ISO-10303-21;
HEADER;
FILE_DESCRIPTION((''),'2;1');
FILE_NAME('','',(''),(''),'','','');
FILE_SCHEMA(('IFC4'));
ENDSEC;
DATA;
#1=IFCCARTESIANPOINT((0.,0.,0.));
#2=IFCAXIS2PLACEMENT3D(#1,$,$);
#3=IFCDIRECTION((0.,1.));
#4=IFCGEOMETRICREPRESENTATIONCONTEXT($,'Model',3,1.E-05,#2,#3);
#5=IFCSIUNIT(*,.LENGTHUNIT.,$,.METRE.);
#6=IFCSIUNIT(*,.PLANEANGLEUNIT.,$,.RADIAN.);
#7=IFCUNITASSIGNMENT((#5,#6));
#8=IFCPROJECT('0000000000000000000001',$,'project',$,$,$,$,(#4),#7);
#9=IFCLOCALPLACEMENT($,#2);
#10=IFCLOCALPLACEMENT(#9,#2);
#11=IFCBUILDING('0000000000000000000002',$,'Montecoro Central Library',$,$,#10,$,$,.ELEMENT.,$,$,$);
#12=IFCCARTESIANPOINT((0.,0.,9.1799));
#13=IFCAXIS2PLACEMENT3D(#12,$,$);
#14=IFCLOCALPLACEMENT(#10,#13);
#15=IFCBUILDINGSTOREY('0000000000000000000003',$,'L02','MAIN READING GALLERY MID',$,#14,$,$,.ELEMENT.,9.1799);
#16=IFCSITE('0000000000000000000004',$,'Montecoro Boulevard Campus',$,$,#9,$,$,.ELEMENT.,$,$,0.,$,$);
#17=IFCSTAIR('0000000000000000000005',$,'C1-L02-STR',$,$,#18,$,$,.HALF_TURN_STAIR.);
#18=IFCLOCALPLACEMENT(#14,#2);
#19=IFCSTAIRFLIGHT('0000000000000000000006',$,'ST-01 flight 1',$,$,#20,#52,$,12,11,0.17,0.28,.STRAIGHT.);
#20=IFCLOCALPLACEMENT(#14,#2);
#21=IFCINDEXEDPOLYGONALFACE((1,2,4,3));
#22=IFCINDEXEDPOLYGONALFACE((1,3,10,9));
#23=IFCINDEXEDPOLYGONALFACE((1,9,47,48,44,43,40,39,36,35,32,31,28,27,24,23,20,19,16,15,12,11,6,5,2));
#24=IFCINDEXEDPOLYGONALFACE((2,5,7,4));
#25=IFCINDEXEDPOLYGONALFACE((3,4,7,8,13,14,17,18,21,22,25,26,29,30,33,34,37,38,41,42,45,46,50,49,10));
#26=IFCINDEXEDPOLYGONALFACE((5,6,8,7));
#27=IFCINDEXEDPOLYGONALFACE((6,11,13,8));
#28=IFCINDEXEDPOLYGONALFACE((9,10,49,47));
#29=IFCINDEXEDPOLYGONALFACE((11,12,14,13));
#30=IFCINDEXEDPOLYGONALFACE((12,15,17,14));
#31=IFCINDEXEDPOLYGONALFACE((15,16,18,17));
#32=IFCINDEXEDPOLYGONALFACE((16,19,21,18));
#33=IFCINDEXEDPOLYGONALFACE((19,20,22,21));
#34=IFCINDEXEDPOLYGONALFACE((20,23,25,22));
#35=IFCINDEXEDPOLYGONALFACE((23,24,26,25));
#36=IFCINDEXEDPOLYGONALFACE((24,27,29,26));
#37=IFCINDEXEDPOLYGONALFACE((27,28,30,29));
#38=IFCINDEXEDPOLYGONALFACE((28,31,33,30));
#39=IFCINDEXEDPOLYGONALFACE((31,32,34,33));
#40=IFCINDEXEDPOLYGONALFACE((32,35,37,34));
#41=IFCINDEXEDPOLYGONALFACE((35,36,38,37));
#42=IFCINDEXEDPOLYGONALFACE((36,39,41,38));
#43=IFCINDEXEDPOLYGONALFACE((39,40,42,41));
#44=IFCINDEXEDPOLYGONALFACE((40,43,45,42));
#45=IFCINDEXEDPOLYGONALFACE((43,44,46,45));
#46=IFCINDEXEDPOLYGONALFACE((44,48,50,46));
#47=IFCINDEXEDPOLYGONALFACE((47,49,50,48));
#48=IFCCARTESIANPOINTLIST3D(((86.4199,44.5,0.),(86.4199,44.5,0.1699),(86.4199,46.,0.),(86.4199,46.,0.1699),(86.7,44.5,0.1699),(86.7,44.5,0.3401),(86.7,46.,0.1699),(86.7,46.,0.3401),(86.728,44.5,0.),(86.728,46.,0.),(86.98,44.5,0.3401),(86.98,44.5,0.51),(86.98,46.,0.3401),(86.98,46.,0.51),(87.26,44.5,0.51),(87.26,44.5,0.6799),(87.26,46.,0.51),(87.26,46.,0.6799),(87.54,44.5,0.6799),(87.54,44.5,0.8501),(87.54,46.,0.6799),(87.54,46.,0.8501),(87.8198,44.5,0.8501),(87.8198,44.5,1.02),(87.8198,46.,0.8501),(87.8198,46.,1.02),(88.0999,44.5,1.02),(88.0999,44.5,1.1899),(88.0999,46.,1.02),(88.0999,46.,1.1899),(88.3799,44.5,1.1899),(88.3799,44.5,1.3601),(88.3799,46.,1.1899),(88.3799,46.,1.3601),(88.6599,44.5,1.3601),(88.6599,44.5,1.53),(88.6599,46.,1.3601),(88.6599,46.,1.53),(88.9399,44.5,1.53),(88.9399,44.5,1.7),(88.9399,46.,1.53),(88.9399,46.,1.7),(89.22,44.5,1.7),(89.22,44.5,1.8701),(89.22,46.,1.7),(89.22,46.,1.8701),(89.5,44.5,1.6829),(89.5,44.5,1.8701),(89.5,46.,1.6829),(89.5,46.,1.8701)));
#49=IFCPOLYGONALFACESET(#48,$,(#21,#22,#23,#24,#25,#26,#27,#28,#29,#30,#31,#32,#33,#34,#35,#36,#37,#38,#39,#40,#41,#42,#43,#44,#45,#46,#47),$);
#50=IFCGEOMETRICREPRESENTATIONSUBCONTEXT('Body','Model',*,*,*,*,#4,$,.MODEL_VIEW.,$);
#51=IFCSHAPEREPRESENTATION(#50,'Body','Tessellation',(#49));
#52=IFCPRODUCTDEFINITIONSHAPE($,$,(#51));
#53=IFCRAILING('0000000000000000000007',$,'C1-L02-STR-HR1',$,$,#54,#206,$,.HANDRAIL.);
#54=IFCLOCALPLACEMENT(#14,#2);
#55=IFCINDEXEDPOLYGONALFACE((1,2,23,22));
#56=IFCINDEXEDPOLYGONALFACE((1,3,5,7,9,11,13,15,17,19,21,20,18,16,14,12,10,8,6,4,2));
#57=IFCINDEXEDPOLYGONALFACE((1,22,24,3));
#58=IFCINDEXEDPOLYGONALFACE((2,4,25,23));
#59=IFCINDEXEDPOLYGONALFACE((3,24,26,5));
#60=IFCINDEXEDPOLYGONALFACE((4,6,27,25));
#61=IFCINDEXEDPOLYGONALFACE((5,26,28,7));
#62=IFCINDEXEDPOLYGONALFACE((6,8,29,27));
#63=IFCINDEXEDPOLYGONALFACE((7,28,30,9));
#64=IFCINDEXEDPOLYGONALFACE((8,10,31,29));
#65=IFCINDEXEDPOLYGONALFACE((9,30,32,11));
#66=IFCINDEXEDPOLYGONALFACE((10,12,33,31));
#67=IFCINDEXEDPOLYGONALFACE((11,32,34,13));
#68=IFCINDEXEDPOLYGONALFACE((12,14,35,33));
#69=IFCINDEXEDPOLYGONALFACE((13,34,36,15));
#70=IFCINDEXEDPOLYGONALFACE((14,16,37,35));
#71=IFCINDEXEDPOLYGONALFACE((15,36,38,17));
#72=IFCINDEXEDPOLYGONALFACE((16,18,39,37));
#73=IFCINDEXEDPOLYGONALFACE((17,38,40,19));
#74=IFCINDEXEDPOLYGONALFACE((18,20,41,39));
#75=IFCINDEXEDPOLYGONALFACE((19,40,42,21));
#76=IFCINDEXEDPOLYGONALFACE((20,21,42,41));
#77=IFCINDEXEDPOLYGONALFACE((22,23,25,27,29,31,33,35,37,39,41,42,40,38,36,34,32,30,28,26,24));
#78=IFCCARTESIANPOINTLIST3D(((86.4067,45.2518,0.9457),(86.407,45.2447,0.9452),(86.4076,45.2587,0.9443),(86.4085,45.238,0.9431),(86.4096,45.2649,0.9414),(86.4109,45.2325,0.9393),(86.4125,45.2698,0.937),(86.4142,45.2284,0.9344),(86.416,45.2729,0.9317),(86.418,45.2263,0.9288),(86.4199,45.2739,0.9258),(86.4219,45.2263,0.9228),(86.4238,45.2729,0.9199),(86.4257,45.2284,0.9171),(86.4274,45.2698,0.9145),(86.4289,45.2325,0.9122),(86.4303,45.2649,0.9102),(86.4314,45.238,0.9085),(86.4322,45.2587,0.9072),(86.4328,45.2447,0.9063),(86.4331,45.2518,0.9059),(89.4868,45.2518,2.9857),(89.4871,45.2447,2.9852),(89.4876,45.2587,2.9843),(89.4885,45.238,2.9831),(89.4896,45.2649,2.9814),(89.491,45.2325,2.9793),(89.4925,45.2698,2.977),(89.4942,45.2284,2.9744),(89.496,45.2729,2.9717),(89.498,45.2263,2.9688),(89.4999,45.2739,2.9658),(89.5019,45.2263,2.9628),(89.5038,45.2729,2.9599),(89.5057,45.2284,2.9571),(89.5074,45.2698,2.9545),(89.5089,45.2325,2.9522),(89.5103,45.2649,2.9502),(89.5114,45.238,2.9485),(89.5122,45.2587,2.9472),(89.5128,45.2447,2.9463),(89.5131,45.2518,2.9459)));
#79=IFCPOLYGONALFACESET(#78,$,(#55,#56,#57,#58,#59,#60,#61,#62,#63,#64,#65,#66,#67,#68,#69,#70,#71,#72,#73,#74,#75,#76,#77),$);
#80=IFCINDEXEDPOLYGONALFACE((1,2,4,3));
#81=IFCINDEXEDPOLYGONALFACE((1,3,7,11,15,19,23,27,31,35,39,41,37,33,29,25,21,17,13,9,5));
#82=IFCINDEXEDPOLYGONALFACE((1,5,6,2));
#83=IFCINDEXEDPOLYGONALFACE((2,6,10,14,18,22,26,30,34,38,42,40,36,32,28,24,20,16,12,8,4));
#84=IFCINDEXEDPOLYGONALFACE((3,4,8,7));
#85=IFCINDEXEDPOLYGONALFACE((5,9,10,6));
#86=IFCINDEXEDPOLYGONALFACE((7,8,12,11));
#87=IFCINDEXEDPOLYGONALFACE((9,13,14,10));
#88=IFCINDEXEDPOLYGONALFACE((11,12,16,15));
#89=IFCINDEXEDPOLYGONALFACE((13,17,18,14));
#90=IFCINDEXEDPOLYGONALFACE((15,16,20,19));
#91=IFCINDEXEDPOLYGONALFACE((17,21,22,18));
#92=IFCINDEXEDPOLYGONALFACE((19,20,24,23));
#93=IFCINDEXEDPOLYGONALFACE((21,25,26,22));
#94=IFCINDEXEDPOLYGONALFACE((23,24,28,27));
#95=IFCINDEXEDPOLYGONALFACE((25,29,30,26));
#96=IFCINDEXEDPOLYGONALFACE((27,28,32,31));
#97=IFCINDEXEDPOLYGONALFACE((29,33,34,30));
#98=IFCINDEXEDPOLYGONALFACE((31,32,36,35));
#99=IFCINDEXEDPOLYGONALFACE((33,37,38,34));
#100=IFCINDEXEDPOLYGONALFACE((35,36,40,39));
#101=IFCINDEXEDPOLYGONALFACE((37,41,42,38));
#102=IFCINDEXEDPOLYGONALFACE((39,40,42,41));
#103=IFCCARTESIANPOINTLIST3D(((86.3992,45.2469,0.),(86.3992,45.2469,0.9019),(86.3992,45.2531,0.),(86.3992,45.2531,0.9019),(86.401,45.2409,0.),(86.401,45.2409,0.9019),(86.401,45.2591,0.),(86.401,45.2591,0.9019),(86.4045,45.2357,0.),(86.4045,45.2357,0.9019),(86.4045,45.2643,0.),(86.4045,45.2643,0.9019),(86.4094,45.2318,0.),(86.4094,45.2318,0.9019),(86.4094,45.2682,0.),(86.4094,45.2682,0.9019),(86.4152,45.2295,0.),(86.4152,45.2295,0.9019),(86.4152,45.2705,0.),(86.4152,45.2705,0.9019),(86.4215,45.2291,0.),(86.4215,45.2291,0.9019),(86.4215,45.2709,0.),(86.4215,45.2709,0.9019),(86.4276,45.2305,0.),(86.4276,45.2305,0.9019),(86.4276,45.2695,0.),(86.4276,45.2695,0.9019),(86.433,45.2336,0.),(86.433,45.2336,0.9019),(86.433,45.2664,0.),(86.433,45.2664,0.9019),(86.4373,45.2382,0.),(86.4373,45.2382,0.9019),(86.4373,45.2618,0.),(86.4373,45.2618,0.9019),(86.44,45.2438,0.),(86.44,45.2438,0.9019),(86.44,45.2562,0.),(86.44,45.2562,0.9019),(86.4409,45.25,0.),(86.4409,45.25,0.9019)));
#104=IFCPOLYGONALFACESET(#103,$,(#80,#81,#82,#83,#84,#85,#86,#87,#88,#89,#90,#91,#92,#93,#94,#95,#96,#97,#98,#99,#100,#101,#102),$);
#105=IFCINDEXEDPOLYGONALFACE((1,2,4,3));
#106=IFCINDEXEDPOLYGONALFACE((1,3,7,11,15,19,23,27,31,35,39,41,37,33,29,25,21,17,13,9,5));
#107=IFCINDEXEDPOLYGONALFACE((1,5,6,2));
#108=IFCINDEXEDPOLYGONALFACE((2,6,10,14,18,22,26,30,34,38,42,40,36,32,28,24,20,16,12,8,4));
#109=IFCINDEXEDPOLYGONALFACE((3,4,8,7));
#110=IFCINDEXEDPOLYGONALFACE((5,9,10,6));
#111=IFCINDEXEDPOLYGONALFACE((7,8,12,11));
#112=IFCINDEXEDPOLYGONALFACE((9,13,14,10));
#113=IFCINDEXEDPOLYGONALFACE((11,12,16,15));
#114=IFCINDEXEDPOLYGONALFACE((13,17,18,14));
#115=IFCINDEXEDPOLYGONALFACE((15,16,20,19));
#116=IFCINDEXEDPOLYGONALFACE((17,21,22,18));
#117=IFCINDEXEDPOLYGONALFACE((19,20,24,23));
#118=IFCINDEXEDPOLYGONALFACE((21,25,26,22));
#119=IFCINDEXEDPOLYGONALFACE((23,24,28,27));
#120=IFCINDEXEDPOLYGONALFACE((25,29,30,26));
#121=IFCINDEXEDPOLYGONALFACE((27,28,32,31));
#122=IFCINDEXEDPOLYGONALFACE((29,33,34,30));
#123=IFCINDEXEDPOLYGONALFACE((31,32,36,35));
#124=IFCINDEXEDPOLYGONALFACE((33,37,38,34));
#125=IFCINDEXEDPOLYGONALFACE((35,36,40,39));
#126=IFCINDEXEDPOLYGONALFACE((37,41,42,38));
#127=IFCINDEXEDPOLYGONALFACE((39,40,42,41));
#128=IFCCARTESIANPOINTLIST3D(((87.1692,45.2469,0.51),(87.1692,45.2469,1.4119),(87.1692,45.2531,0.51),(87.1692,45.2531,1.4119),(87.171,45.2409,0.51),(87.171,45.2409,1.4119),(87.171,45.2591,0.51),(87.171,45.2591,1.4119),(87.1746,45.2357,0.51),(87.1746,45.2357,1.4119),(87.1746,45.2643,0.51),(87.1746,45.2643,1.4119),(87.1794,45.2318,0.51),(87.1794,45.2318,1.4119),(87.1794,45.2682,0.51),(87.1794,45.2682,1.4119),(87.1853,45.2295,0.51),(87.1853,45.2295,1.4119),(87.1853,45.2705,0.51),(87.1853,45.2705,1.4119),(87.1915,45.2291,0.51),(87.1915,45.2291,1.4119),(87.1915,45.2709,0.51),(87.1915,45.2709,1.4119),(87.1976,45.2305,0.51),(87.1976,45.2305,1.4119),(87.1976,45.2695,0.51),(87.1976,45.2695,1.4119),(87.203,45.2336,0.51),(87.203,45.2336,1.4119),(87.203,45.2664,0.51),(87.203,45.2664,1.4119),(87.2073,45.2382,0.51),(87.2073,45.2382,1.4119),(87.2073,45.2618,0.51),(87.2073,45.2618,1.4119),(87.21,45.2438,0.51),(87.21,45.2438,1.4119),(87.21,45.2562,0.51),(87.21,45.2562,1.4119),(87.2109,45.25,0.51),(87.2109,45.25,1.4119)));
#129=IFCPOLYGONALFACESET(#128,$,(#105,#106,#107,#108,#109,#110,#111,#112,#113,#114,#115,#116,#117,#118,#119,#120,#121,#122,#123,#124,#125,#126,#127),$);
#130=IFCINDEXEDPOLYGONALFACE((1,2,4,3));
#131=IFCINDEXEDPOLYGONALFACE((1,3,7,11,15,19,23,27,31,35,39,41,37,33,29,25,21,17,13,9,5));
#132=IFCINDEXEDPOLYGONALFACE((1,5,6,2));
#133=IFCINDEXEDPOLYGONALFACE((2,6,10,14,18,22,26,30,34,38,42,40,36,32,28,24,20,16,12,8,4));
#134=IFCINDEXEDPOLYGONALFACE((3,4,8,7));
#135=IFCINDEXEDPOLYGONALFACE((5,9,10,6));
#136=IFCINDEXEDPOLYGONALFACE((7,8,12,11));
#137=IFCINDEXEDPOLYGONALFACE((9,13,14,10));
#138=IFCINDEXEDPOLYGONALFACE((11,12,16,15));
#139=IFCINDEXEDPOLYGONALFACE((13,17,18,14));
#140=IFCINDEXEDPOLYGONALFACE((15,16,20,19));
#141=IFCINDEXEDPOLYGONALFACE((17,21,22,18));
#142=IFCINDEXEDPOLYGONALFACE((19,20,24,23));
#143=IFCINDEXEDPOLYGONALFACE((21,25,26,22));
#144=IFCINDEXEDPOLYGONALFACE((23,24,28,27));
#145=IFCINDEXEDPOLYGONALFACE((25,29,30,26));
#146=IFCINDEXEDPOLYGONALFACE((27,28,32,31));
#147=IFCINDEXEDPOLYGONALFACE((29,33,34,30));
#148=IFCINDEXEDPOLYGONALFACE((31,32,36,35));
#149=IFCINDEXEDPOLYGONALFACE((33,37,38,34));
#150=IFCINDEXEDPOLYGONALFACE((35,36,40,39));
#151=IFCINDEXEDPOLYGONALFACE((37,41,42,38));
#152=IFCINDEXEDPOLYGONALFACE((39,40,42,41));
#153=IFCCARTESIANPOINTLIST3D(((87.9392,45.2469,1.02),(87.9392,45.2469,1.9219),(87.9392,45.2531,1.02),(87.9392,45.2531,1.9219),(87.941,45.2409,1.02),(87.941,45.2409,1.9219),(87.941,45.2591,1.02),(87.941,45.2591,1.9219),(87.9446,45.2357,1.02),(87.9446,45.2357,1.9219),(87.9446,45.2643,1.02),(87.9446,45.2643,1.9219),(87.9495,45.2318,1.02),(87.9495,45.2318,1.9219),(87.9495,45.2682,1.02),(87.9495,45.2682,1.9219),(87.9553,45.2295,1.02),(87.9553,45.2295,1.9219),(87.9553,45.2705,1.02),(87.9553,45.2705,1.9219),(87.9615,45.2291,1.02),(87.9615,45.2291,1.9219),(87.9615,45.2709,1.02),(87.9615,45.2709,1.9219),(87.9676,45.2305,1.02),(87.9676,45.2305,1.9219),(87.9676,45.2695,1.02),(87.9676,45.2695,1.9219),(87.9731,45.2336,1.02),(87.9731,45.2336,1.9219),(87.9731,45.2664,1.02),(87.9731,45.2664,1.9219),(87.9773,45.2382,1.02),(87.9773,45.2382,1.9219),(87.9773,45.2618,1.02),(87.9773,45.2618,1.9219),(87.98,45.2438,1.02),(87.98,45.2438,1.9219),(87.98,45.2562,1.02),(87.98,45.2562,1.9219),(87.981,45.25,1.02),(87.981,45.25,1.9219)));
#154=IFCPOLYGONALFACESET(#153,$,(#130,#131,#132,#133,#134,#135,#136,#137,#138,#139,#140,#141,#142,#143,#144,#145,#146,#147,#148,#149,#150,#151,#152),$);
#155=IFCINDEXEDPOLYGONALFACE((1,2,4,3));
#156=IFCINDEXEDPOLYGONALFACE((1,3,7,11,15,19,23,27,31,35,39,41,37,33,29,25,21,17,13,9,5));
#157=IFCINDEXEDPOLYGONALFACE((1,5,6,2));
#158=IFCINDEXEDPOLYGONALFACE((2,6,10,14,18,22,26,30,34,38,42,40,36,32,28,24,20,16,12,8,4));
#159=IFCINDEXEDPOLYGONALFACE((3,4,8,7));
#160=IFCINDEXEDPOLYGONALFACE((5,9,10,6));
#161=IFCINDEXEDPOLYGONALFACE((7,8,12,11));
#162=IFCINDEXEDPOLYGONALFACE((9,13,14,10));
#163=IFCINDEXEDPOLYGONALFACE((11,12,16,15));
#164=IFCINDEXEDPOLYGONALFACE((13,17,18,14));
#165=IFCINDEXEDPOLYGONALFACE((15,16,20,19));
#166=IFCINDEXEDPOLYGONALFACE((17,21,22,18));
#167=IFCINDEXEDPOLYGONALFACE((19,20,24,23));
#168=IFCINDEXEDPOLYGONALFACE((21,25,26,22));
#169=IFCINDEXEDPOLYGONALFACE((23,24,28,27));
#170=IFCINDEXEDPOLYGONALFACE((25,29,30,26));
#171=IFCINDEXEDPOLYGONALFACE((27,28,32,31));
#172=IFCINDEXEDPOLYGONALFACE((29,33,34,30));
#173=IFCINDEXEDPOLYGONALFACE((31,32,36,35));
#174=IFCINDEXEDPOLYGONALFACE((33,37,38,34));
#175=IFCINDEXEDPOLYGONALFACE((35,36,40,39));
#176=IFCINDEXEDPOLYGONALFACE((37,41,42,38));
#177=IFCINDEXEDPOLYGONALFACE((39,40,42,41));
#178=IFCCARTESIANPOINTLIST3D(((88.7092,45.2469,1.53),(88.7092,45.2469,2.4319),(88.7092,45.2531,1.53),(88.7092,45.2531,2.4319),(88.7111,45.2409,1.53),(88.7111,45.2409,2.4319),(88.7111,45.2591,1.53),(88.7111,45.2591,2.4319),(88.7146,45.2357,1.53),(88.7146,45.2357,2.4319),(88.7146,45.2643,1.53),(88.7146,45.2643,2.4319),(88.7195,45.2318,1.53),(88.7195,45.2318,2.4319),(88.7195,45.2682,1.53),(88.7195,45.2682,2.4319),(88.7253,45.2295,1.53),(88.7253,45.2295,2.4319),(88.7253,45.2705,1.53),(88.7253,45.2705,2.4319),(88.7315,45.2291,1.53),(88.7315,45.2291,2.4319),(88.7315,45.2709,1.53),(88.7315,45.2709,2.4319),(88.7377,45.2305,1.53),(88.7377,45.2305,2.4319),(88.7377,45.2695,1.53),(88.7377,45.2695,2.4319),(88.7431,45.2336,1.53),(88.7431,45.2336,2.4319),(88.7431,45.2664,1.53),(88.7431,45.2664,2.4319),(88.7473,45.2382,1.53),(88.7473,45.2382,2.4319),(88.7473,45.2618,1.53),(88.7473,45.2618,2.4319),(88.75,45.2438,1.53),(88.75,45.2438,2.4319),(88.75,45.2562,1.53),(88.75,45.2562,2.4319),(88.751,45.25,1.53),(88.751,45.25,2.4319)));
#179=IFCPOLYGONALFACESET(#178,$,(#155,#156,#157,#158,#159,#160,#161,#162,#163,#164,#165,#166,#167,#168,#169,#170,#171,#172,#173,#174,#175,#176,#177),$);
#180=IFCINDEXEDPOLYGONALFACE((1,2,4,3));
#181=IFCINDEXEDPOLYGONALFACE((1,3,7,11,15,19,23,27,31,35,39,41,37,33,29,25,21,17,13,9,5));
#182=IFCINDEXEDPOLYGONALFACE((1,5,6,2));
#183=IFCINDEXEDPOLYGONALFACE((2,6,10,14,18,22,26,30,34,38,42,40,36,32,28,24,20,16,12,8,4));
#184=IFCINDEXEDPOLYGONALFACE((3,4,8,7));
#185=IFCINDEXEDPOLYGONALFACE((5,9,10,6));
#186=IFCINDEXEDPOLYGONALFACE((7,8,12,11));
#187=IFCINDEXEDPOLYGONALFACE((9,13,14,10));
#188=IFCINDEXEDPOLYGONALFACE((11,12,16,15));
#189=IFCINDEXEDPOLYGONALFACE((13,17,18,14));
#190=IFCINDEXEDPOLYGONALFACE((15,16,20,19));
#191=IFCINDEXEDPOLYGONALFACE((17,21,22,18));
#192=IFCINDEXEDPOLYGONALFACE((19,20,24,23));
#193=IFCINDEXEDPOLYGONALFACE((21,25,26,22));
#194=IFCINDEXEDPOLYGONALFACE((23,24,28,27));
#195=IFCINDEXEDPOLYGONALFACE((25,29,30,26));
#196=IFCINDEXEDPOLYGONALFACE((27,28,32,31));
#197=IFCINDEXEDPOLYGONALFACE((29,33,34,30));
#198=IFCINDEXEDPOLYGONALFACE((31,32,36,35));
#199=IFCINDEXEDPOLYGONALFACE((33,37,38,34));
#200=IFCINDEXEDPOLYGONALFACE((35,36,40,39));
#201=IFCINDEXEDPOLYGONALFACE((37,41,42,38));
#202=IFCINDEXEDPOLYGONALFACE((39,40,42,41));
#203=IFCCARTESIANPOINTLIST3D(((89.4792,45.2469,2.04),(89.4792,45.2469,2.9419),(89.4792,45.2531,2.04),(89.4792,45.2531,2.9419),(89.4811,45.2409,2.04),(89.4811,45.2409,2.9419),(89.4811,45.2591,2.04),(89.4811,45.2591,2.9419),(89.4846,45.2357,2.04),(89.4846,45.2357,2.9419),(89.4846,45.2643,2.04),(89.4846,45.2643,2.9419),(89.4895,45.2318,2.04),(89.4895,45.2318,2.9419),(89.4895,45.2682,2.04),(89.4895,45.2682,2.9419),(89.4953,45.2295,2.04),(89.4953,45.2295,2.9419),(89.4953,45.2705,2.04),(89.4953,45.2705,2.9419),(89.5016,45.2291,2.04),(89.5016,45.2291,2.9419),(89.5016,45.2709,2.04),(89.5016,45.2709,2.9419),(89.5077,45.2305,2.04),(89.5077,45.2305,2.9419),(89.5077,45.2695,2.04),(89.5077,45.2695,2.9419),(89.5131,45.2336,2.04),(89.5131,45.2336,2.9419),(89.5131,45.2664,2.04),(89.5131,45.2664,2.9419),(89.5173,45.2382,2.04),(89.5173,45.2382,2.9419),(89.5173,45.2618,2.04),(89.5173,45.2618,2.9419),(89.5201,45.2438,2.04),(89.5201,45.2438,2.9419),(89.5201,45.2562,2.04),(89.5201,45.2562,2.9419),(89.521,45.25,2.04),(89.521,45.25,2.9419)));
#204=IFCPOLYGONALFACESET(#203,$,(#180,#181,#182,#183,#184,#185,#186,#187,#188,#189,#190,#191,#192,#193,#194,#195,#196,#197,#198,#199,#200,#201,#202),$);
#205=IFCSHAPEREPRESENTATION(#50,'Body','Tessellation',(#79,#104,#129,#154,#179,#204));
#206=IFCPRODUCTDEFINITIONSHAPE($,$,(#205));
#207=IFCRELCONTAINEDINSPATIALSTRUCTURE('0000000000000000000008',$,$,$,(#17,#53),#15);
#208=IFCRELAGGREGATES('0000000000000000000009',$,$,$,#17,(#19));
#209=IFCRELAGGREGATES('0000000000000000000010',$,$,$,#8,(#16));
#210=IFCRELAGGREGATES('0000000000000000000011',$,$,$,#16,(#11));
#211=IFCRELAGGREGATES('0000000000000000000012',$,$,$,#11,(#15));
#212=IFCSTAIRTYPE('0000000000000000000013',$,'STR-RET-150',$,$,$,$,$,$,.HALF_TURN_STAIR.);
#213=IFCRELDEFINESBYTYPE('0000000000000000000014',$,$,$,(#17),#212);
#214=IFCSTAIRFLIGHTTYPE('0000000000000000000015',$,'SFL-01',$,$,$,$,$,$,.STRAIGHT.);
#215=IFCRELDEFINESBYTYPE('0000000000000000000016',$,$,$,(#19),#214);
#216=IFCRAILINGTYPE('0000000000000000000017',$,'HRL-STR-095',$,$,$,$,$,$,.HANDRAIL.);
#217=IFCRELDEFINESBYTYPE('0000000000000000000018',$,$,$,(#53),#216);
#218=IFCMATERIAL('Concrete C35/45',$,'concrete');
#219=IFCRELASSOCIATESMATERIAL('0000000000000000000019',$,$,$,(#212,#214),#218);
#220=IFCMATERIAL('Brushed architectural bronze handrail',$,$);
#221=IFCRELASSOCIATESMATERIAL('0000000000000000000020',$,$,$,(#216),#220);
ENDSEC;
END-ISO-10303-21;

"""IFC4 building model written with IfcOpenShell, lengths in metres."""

from ifc_helpers import new_model, si_unit, direction, frame, origin, origin_2d, place, context, subcontext, project, spatial, polyline, circle, outline, extrude, material, type_object, element, aggregate, save


model = new_model("IFC4")

# Units and contexts
model_context = context("Model", 3, precision=1e-05, world=origin(), true_north=direction((0.0, 1.0)))
body_context = subcontext(model_context, "Body", "Model", "MODEL_VIEW")
ifc_project = project(units=[si_unit("LENGTHUNIT", "METRE"), si_unit("PLANEANGLEUNIT", "RADIAN")], contexts=[model_context])

# Site, building, storey
site_placement = place(None, origin())
site = spatial("IfcSite", under=ifc_project, at=site_placement, Name="Montecoro Boulevard Campus", CompositionType="ELEMENT", RefElevation=0.0)
building_placement = place(site_placement, origin())
building = spatial("IfcBuilding", under=site, at=building_placement, Name="Montecoro Central Library", CompositionType="ELEMENT")
storey_placement = place(building_placement, frame((0.0, 0.0, 9.1799)))
storey = spatial("IfcBuildingStorey", under=building, at=storey_placement, Name="L02", Description="MAIN READING GALLERY MID", CompositionType="ELEMENT", Elevation=9.1799)

# Shared definitions
ifc_material_1 = material(Name="Concrete C35/45", Category="concrete")

# Stair, stair flight
stair_type = type_object("IfcStairType", Name="STR-RET-150", PredefinedType="HALF_TURN_STAIR", material=ifc_material_1)
stair_placement = place(storey_placement, origin())
stair = element("IfcStair", 1, at=stair_placement, inside=storey, type_object=stair_type, Name="C1-L02-STR", PredefinedType="HALF_TURN_STAIR")
stair_flight_type = type_object("IfcStairFlightType", Name="SFL-01", PredefinedType="STRAIGHT", material=ifc_material_1)
stair_flight_placement = place(storey_placement, frame((86.4199, 45.25, 0.0), z_axis=(0.0, 0.0, 1.0), x_axis=(1.0, 0.0, 0.0)))
stair_flight = element("IfcStairFlight", 2, at=stair_flight_placement, type_object=stair_flight_type, Name="ST-01 flight 1", NumberOfRisers=12, NumberOfTreads=11, PredefinedType="STRAIGHT", RiserHeight=0.17, TreadLength=0.28, context=body_context, shape_type="SweptSolid", body=[
    extrude(outline(polyline([(0.0, 0.0), (0.0, 0.1699), (0.28, 0.1699), (0.28, 0.3401), (0.5601, 0.3401), (0.5601, 0.51), (0.8401, 0.51), (0.8401, 0.6799), (1.1201, 0.6799), (1.1201, 0.8501), (1.3999, 0.8501), (1.3999, 1.02), (1.6799, 1.02), (1.6799, 1.1899), (1.96, 1.1899), (1.96, 1.3601), (2.24, 1.3601), (2.24, 1.53), (2.52, 1.53), (2.52, 1.7), (2.8, 1.7), (2.8, 1.8701), (3.0801, 1.8701), (3.0801, 2.04), (3.0801, 1.6829), (0.3081, 0.0), (0.0, 0.0)])), frame((0.0, 0.75, 0.0), z_axis=(0.0, -1.0, 0.0), x_axis=(1.0, 0.0, 0.0)), (0.0, 0.0, 1.0), 1.5),
])
aggregate(stair, [stair_flight])

# Railing
ifc_material_2 = material(Name="Brushed architectural bronze handrail")
railing_type_1 = type_object("IfcRailingType", Name="HRL-STR-095", PredefinedType="HANDRAIL", material=ifc_material_2)
railing_1_placement = place(storey_placement, frame((86.4199, 45.25, 0.0)))
element("IfcRailing", 3, at=railing_1_placement, inside=storey, type_object=railing_type_1, Name="C1-L02-STR-HR1", PredefinedType="HANDRAIL", context=body_context, shape_type="SweptSolid", body=[
    extrude(circle(Radius=0.0239, at=origin_2d()), frame((0.0, 0.0, 0.9258), z_axis=(0.833714, 0.0, 0.552197), x_axis=(0.0, 1.0, 0.0)), (0.0, 0.0, 1.0), 3.6943),
    extrude(circle(Radius=0.021, at=origin_2d()), origin(), (0.0, 0.0, 1.0), 0.9019),
    extrude(circle(Radius=0.021, at=origin_2d()), frame((0.77, 0.0, 0.51)), (0.0, 0.0, 1.0), 0.9019),
    extrude(circle(Radius=0.021, at=origin_2d()), frame((1.54, 0.0, 1.02)), (0.0, 0.0, 1.0), 0.9019),
    extrude(circle(Radius=0.021, at=origin_2d()), frame((2.3101, 0.0, 1.53)), (0.0, 0.0, 1.0), 0.9019),
    extrude(circle(Radius=0.021, at=origin_2d()), frame((3.0801, 0.0, 2.04)), (0.0, 0.0, 1.0), 0.9019),
])

save(model, "model.ifc")
